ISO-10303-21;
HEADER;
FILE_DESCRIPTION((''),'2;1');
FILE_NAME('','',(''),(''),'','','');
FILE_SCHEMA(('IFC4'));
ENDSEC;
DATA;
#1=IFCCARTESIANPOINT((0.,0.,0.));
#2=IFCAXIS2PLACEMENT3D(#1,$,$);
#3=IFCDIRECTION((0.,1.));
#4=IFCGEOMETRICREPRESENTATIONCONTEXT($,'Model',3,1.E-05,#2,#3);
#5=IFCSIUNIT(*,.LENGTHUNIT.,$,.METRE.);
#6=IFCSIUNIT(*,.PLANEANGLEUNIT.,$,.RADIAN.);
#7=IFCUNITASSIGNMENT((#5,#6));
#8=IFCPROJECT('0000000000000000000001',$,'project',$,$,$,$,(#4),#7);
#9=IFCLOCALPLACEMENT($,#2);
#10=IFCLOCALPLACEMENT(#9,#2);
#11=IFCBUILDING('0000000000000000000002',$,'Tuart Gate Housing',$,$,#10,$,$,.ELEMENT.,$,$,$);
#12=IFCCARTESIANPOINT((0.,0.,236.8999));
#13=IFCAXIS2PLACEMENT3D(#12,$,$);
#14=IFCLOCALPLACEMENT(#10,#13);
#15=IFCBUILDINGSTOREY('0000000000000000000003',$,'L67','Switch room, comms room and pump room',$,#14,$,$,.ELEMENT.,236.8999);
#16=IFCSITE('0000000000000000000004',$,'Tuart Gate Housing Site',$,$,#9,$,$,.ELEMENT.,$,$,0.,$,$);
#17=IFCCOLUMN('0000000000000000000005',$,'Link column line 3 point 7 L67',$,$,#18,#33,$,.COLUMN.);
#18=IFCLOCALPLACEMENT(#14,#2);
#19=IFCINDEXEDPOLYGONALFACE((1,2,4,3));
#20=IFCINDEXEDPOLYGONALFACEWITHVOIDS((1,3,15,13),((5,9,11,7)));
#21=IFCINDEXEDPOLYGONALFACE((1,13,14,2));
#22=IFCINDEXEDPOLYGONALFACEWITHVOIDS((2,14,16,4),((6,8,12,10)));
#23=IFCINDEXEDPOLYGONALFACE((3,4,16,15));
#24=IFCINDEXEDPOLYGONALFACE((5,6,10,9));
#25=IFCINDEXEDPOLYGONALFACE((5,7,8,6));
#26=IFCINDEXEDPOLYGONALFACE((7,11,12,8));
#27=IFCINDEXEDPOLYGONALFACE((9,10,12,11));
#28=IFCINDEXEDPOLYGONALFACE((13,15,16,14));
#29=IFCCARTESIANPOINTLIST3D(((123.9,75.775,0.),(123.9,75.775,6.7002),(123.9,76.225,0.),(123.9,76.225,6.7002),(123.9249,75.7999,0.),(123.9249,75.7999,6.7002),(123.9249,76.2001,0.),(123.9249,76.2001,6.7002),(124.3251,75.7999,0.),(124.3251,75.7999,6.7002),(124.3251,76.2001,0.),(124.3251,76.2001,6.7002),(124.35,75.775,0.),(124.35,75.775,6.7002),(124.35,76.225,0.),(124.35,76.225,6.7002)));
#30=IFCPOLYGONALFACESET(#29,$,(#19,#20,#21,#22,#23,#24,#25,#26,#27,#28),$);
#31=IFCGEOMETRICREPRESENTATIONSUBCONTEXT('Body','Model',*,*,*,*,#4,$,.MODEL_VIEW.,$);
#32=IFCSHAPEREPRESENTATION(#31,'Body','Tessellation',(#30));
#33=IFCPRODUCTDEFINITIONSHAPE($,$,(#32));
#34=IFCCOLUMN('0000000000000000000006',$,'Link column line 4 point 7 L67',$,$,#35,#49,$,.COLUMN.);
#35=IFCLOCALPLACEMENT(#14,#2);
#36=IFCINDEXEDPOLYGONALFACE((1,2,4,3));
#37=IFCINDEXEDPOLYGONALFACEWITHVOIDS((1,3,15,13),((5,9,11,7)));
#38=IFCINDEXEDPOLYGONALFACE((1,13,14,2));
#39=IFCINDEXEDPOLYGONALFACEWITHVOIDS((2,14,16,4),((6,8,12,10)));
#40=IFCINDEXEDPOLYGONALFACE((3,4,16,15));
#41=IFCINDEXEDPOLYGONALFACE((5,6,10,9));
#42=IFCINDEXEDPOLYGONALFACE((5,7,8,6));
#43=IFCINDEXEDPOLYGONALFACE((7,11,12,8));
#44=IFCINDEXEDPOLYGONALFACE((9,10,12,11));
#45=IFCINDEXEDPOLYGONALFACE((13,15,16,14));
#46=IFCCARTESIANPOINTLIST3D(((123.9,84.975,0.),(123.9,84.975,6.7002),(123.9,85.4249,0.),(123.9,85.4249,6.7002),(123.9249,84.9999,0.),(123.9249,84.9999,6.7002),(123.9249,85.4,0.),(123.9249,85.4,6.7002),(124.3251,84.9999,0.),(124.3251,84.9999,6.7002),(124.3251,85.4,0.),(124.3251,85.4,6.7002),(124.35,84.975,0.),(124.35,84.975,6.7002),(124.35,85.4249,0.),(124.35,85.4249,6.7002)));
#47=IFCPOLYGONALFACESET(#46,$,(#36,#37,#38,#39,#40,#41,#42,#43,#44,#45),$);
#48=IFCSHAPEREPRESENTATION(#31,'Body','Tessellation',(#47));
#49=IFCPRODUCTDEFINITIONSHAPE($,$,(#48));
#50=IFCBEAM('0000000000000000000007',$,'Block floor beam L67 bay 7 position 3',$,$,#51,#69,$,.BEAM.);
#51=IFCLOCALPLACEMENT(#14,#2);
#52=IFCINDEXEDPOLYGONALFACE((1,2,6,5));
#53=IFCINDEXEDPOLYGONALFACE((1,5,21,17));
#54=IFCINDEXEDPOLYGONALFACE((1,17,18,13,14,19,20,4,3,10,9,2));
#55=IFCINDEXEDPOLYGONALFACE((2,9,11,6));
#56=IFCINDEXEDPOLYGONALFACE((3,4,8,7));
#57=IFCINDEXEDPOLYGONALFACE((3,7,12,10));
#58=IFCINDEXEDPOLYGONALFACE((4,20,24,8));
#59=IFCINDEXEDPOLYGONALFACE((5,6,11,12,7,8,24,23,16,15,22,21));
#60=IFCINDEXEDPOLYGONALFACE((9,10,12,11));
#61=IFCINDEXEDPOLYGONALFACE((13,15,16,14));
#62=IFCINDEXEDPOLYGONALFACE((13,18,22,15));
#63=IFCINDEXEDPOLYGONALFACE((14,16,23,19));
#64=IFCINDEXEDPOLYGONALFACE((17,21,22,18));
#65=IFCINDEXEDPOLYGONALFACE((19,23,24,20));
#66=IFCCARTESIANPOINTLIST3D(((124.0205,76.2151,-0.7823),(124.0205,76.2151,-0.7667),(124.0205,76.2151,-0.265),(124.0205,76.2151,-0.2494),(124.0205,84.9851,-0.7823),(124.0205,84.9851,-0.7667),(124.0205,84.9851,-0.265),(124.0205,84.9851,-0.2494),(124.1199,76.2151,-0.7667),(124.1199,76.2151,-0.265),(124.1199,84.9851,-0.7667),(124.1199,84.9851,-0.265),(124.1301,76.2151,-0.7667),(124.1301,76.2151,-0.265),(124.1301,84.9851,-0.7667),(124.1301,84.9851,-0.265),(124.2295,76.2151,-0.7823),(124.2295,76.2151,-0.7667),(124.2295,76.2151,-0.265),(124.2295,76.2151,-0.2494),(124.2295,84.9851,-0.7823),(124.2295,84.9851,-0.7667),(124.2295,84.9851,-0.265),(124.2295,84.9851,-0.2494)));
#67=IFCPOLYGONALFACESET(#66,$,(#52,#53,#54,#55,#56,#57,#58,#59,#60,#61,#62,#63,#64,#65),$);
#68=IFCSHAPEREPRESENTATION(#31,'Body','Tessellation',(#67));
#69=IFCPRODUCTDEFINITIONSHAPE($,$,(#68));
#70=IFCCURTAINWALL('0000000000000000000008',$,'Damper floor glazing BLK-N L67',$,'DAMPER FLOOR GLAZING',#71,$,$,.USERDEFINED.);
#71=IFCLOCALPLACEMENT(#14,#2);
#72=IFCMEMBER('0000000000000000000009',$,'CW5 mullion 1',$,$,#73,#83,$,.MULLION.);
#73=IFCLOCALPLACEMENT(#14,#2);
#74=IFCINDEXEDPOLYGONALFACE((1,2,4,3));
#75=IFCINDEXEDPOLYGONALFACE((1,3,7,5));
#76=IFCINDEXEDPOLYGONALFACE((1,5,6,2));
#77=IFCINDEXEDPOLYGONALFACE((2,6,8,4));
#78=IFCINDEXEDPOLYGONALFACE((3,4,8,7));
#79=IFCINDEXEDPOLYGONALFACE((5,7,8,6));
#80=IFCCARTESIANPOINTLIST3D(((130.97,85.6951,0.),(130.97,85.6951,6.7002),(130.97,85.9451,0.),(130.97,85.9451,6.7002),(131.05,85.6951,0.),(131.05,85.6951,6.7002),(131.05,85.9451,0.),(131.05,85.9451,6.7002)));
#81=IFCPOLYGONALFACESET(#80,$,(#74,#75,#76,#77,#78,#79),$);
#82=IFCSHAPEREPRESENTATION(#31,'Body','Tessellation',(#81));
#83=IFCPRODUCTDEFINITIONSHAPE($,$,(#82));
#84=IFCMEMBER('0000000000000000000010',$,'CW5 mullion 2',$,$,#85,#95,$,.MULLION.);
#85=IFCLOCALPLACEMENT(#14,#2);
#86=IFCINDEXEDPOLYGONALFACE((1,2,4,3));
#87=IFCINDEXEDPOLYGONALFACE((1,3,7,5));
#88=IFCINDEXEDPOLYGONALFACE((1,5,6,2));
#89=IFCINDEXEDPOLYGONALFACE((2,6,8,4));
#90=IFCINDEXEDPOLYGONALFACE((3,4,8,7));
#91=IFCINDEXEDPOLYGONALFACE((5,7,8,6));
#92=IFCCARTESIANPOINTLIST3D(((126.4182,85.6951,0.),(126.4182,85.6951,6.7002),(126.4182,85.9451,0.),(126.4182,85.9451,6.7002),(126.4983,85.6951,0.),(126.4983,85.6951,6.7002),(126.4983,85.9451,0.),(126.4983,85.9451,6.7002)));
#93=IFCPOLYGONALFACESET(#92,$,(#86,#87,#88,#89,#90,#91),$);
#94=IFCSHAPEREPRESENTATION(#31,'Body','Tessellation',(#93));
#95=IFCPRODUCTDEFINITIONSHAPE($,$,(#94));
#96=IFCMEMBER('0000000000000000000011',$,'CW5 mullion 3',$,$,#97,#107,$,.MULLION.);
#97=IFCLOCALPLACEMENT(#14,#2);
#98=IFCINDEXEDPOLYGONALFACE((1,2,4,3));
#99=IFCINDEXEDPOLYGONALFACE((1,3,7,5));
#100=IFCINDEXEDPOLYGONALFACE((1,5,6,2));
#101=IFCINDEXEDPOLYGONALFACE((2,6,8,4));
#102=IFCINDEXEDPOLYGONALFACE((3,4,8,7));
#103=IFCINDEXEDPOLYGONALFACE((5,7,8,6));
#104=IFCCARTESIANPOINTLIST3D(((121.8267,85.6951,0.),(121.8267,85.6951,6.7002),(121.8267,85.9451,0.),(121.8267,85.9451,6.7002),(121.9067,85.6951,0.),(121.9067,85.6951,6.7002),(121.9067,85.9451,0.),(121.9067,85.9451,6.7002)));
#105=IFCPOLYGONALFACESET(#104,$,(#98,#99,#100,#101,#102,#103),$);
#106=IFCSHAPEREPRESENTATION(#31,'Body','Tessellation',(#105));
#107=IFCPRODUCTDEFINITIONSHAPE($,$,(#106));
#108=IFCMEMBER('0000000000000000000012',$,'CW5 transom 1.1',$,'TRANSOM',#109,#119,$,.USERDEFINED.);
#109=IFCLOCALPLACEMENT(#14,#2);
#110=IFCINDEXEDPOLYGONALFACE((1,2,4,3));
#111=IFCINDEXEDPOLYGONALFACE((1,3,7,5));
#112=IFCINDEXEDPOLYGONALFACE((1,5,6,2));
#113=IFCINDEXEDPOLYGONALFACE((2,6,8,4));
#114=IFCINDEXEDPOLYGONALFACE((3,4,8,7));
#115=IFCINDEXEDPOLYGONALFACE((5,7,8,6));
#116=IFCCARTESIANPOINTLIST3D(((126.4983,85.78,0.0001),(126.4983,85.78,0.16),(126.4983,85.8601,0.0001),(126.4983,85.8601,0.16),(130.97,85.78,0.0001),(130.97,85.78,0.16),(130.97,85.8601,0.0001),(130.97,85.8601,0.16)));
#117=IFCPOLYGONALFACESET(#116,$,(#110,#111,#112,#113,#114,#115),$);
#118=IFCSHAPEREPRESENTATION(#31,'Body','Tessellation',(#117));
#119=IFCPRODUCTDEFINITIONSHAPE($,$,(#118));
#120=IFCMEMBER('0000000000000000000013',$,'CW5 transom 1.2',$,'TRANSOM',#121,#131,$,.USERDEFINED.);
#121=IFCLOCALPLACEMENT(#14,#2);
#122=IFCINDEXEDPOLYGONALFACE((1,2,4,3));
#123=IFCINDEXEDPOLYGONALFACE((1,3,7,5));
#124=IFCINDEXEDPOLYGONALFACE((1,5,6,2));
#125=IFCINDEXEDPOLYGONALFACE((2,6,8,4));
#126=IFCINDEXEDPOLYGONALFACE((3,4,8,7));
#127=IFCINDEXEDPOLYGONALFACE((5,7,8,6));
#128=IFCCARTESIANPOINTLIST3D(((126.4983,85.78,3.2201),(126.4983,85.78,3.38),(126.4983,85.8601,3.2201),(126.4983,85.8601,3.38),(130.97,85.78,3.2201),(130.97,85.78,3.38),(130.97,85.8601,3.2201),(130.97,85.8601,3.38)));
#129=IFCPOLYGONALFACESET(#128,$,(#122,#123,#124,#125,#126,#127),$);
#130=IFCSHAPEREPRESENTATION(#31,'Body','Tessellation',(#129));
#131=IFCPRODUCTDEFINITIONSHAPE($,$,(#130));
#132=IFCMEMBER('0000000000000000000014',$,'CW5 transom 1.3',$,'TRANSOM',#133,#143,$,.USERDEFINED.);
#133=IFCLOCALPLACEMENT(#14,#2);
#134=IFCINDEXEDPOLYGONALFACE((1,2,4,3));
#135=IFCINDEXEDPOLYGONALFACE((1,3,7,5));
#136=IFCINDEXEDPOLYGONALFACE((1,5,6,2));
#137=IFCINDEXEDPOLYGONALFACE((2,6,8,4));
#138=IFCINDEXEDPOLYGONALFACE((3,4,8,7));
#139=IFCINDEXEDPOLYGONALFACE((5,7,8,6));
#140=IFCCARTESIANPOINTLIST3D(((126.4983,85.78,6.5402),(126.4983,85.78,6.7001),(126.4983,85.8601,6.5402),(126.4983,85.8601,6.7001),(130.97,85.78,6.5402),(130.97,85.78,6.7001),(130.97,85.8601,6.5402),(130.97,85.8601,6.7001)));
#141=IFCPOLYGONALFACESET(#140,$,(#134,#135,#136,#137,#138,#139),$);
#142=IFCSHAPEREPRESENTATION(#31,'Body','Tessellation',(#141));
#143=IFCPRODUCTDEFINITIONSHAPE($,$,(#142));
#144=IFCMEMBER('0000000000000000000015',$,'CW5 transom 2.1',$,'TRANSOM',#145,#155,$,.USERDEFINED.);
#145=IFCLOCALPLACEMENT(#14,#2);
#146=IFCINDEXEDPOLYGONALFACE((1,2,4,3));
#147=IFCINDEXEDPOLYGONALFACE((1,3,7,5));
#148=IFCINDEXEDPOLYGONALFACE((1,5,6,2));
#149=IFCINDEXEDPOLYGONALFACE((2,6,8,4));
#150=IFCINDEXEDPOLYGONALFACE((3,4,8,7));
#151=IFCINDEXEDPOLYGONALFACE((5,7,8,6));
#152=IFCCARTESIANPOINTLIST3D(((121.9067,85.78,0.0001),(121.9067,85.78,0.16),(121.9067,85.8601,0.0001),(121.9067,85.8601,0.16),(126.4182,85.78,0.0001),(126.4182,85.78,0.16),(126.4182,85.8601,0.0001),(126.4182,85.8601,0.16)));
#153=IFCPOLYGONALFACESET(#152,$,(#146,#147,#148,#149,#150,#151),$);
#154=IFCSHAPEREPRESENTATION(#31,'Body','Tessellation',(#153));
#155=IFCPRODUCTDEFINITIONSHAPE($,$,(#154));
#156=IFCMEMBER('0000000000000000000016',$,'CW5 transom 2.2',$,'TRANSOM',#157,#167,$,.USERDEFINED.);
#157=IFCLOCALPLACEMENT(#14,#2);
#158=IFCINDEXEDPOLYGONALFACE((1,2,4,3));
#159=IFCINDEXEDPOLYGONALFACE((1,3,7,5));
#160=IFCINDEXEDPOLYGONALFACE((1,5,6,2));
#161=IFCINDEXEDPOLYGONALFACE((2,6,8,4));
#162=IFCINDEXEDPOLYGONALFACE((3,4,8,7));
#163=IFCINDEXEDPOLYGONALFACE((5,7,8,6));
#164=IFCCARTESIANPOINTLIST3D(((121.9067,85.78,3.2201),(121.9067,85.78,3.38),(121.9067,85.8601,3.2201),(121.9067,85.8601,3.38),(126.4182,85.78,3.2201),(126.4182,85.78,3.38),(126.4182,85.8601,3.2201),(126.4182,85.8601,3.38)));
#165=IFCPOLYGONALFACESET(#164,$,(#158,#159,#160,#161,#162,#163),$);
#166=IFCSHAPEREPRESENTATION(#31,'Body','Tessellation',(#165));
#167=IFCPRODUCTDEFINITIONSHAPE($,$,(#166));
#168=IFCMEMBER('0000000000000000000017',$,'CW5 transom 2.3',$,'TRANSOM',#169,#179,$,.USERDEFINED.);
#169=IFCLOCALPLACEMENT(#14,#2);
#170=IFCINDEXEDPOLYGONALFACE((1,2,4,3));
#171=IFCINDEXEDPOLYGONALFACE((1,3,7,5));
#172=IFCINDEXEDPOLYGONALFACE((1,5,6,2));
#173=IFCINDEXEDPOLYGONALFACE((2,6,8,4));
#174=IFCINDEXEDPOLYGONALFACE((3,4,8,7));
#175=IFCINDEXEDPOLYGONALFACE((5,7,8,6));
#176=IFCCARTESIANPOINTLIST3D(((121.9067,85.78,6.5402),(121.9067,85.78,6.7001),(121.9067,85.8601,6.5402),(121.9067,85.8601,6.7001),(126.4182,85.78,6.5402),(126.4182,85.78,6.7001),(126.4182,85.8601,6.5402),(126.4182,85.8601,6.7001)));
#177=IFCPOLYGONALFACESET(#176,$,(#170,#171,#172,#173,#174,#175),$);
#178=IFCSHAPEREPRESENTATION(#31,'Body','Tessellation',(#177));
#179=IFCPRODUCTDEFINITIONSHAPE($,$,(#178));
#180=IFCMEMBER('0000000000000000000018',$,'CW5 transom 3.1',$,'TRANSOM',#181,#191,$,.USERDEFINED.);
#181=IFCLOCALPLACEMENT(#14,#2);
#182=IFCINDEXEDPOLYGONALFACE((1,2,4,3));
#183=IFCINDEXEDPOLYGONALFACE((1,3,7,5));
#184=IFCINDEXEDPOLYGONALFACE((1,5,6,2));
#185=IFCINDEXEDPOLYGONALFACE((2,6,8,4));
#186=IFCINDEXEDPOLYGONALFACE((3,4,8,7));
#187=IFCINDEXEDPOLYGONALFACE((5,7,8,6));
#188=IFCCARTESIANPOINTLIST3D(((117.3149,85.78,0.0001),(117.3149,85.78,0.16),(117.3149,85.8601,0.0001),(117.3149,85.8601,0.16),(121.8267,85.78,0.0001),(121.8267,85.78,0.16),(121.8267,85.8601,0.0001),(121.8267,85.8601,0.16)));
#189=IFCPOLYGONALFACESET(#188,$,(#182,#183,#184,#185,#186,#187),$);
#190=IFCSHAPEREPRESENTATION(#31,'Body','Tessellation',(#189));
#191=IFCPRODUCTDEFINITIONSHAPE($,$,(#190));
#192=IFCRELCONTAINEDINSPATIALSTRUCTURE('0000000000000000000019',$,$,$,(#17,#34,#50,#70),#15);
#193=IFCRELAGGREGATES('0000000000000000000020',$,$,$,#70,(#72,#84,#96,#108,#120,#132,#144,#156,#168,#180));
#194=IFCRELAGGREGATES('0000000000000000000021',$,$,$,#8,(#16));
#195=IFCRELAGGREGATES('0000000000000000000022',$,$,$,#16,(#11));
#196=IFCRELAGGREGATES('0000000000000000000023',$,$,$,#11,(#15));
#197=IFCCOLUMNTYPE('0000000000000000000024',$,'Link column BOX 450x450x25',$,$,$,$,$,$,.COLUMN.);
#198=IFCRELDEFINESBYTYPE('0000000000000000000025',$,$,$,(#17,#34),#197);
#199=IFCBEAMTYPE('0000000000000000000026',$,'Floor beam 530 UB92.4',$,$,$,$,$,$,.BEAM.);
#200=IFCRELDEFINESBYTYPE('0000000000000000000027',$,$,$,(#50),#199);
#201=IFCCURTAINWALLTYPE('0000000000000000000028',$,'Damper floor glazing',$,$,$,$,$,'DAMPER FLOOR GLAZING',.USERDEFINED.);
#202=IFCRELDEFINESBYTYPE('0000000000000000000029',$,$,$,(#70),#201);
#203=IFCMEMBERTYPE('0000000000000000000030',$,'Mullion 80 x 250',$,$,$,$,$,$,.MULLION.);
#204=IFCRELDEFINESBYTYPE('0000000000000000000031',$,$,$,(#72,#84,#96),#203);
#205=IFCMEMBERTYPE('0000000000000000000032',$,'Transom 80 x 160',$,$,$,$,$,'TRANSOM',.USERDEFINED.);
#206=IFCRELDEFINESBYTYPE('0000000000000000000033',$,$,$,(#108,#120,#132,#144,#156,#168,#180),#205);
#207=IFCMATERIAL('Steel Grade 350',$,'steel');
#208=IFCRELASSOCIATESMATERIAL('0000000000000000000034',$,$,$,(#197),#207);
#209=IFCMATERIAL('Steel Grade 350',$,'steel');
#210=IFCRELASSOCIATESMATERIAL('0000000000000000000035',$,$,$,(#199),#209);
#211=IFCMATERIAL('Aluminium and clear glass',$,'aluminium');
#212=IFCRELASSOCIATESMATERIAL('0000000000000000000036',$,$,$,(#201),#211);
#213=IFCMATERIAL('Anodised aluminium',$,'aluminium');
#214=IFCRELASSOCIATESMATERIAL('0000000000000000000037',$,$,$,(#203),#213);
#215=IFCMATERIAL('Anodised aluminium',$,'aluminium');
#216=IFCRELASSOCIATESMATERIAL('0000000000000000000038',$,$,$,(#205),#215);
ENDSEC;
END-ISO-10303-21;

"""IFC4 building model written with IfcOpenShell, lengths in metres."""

from ifc_helpers import new_model, si_unit, direction, frame, origin, origin_2d, place, context, subcontext, project, spatial, rectangle, hollow_rectangle, i_section, extrude, material, material_profile, profile_set, type_object, element, aggregate, save


model = new_model("IFC4")

# Units and contexts
model_context = context("Model", 3, precision=1e-05, world=origin(), true_north=direction((0.0, 1.0)))
body_context = subcontext(model_context, "Body", "Model", "MODEL_VIEW")
ifc_project = project(units=[si_unit("LENGTHUNIT", "METRE"), si_unit("PLANEANGLEUNIT", "RADIAN")], contexts=[model_context])

# Site, building, storey
site_placement = place(None, origin())
site = spatial("IfcSite", under=ifc_project, at=site_placement, Name="Tuart Gate Housing Site", CompositionType="ELEMENT", RefElevation=0.0)
building_placement = place(site_placement, origin())
building = spatial("IfcBuilding", under=site, at=building_placement, Name="Tuart Gate Housing", CompositionType="ELEMENT")
storey_placement = place(building_placement, frame((0.0, 0.0, 236.8999)))
storey = spatial("IfcBuildingStorey", under=building, at=storey_placement, Name="L67", Description="Switch room, comms room and pump room", CompositionType="ELEMENT", Elevation=236.8999)

# Columns
ifc_material_1 = material(Name="Steel Grade 350", Category="steel")
ifc_material_profile_1 = material_profile(ifc_material_1, hollow_rectangle(XDim=0.45, YDim=0.45, WallThickness=0.0249, at=origin_2d()), Name="BOX 450x450x25")
ifc_profile_set_1 = profile_set([ifc_material_profile_1], Name="Steel Grade 350")
column_type = type_object("IfcColumnType", Name="Link column BOX 450x450x25", PredefinedType="COLUMN", material=ifc_profile_set_1)
for number, where, z_axis, x_axis, name in (
    (1, (124.125, 76.0, 0.0), (0.0, 0.0, 1.0), (1.0, 0.0, 0.0), "Link column line 3 point 7 L67"),
    (2, (124.125, 85.2, 0.0), (0.0, 0.0, 1.0), (1.0, 0.0, 0.0), "Link column line 4 point 7 L67"),
):
    element("IfcColumn", number, at=place(storey_placement, frame(where, z_axis=z_axis, x_axis=x_axis)), inside=storey, type_object=column_type, Name=name, PredefinedType="COLUMN", context=body_context, shape_type="SweptSolid", body=[
        extrude(hollow_rectangle(XDim=0.45, YDim=0.45, WallThickness=0.0249, at=origin_2d()), origin(), (0.0, 0.0, 1.0), 6.7002),
    ])

# Beam
ifc_material_2 = material(Name="Steel Grade 350", Category="steel")
ifc_material_profile_2 = material_profile(ifc_material_2, i_section(OverallWidth=0.209, OverallDepth=0.533, WebThickness=0.0103, FlangeThickness=0.0156, at=origin_2d()), Name="530UB92.4")
ifc_profile_set_2 = profile_set([ifc_material_profile_2], Name="Steel Grade 350")
beam_type = type_object("IfcBeamType", Name="Floor beam 530 UB92.4", PredefinedType="BEAM", material=ifc_profile_set_2)
beam_placement = place(storey_placement, frame((124.125, 76.2151, -0.5159), z_axis=(0.0, 1.0, 0.0), x_axis=(-1.0, 0.0, 0.0)))
element("IfcBeam", 3, at=beam_placement, inside=storey, type_object=beam_type, Name="Block floor beam L67 bay 7 position 3", PredefinedType="BEAM", context=body_context, shape_type="SweptSolid", body=[
    extrude(i_section(OverallWidth=0.209, OverallDepth=0.533, WebThickness=0.0103, FlangeThickness=0.0156, at=origin_2d()), origin(), (0.0, 0.0, 1.0), 8.77),
])

# Curtain wall, members
ifc_material_3 = material(Name="Aluminium and clear glass", Category="aluminium")
curtain_wall_type = type_object("IfcCurtainWallType", Name="Damper floor glazing", ElementType="DAMPER FLOOR GLAZING", PredefinedType="USERDEFINED", material=ifc_material_3)
curtain_wall_placement = place(storey_placement, origin())
curtain_wall = element("IfcCurtainWall", 4, at=curtain_wall_placement, inside=storey, type_object=curtain_wall_type, Name="Damper floor glazing BLK-N L67", ObjectType="DAMPER FLOOR GLAZING", PredefinedType="USERDEFINED")
ifc_material_4 = material(Name="Anodised aluminium", Category="aluminium")
ifc_material_profile_3 = material_profile(ifc_material_4, rectangle(XDim=0.0801, YDim=0.25, at=origin_2d()), Name="80x250")
ifc_profile_set_3 = profile_set([ifc_material_profile_3], Name="Anodised aluminium")
member_type_1 = type_object("IfcMemberType", Name="Mullion 80 x 250", PredefinedType="MULLION", material=ifc_profile_set_3)
member_1_placement = place(storey_placement, frame((131.01, 85.8201, 0.0), z_axis=(0.0, 0.0, 1.0), x_axis=(-1.0, 0.0, 0.0)))
member_1 = element("IfcMember", 5, at=member_1_placement, type_object=member_type_1, Name="CW5 mullion 1", PredefinedType="MULLION", context=body_context, shape_type="SweptSolid", body=[
    extrude(rectangle(XDim=0.0801, YDim=0.25, at=origin_2d()), origin(), (0.0, 0.0, 1.0), 6.7002),
])
member_2_placement = place(storey_placement, frame((126.4583, 85.8201, 0.0), z_axis=(0.0, 0.0, 1.0), x_axis=(-1.0, 0.0, 0.0)))
member_2 = element("IfcMember", 6, at=member_2_placement, type_object=member_type_1, Name="CW5 mullion 2", PredefinedType="MULLION", context=body_context, shape_type="SweptSolid", body=[
    extrude(rectangle(XDim=0.0801, YDim=0.25, at=origin_2d()), origin(), (0.0, 0.0, 1.0), 6.7002),
])
member_3_placement = place(storey_placement, frame((121.8667, 85.8201, 0.0), z_axis=(0.0, 0.0, 1.0), x_axis=(-1.0, 0.0, 0.0)))
member_3 = element("IfcMember", 7, at=member_3_placement, type_object=member_type_1, Name="CW5 mullion 3", PredefinedType="MULLION", context=body_context, shape_type="SweptSolid", body=[
    extrude(rectangle(XDim=0.0801, YDim=0.25, at=origin_2d()), origin(), (0.0, 0.0, 1.0), 6.7002),
])
ifc_material_5 = material(Name="Anodised aluminium", Category="aluminium")
ifc_material_profile_4 = material_profile(ifc_material_5, rectangle(XDim=0.0801, YDim=0.1599, at=origin_2d()), Name="80x160")
ifc_profile_set_4 = profile_set([ifc_material_profile_4], Name="Anodised aluminium")
member_type_2 = type_object("IfcMemberType", Name="Transom 80 x 160", ElementType="TRANSOM", PredefinedType="USERDEFINED", material=ifc_profile_set_4)
member_4_placement = place(storey_placement, frame((130.97, 85.8201, 0.0801), z_axis=(-1.0, 0.0, 0.0), x_axis=(0.0, -1.0, 0.0)))
member_4 = element("IfcMember", 8, at=member_4_placement, type_object=member_type_2, Name="CW5 transom 1.1", ObjectType="TRANSOM", PredefinedType="USERDEFINED", context=body_context, shape_type="SweptSolid", body=[
    extrude(rectangle(XDim=0.0801, YDim=0.1599, at=origin_2d()), origin(), (0.0, 0.0, 1.0), 4.4717),
])
member_5_placement = place(storey_placement, frame((130.97, 85.8201, 3.3), z_axis=(-1.0, 0.0, 0.0), x_axis=(0.0, -1.0, 0.0)))
member_5 = element("IfcMember", 9, at=member_5_placement, type_object=member_type_2, Name="CW5 transom 1.2", ObjectType="TRANSOM", PredefinedType="USERDEFINED", context=body_context, shape_type="SweptSolid", body=[
    extrude(rectangle(XDim=0.0801, YDim=0.1599, at=origin_2d()), origin(), (0.0, 0.0, 1.0), 4.4717),
])
member_6_placement = place(storey_placement, frame((130.97, 85.8201, 6.6201), z_axis=(-1.0, 0.0, 0.0), x_axis=(0.0, -1.0, 0.0)))
member_6 = element("IfcMember", 10, at=member_6_placement, type_object=member_type_2, Name="CW5 transom 1.3", ObjectType="TRANSOM", PredefinedType="USERDEFINED", context=body_context, shape_type="SweptSolid", body=[
    extrude(rectangle(XDim=0.0801, YDim=0.1599, at=origin_2d()), origin(), (0.0, 0.0, 1.0), 4.4717),
])
member_7_placement = place(storey_placement, frame((126.4182, 85.8201, 0.0801), z_axis=(-1.0, 0.0, 0.0), x_axis=(0.0, -1.0, 0.0)))
member_7 = element("IfcMember", 11, at=member_7_placement, type_object=member_type_2, Name="CW5 transom 2.1", ObjectType="TRANSOM", PredefinedType="USERDEFINED", context=body_context, shape_type="SweptSolid", body=[
    extrude(rectangle(XDim=0.0801, YDim=0.1599, at=origin_2d()), origin(), (0.0, 0.0, 1.0), 4.5115),
])
member_8_placement = place(storey_placement, frame((126.4182, 85.8201, 3.3), z_axis=(-1.0, 0.0, 0.0), x_axis=(0.0, -1.0, 0.0)))
member_8 = element("IfcMember", 12, at=member_8_placement, type_object=member_type_2, Name="CW5 transom 2.2", ObjectType="TRANSOM", PredefinedType="USERDEFINED", context=body_context, shape_type="SweptSolid", body=[
    extrude(rectangle(XDim=0.0801, YDim=0.1599, at=origin_2d()), origin(), (0.0, 0.0, 1.0), 4.5115),
])
member_9_placement = place(storey_placement, frame((126.4182, 85.8201, 6.6201), z_axis=(-1.0, 0.0, 0.0), x_axis=(0.0, -1.0, 0.0)))
member_9 = element("IfcMember", 13, at=member_9_placement, type_object=member_type_2, Name="CW5 transom 2.3", ObjectType="TRANSOM", PredefinedType="USERDEFINED", context=body_context, shape_type="SweptSolid", body=[
    extrude(rectangle(XDim=0.0801, YDim=0.1599, at=origin_2d()), origin(), (0.0, 0.0, 1.0), 4.5115),
])
member_10_placement = place(storey_placement, frame((121.8267, 85.8201, 0.0801), z_axis=(-1.0, 0.0, 0.0), x_axis=(0.0, -1.0, 0.0)))
member_10 = element("IfcMember", 14, at=member_10_placement, type_object=member_type_2, Name="CW5 transom 3.1", ObjectType="TRANSOM", PredefinedType="USERDEFINED", context=body_context, shape_type="SweptSolid", body=[
    extrude(rectangle(XDim=0.0801, YDim=0.1599, at=origin_2d()), origin(), (0.0, 0.0, 1.0), 4.5117),
])
aggregate(curtain_wall, [member_1, member_2, member_3, member_4, member_5, member_6, member_7, member_8, member_9, member_10])

save(model, "model.ifc")
